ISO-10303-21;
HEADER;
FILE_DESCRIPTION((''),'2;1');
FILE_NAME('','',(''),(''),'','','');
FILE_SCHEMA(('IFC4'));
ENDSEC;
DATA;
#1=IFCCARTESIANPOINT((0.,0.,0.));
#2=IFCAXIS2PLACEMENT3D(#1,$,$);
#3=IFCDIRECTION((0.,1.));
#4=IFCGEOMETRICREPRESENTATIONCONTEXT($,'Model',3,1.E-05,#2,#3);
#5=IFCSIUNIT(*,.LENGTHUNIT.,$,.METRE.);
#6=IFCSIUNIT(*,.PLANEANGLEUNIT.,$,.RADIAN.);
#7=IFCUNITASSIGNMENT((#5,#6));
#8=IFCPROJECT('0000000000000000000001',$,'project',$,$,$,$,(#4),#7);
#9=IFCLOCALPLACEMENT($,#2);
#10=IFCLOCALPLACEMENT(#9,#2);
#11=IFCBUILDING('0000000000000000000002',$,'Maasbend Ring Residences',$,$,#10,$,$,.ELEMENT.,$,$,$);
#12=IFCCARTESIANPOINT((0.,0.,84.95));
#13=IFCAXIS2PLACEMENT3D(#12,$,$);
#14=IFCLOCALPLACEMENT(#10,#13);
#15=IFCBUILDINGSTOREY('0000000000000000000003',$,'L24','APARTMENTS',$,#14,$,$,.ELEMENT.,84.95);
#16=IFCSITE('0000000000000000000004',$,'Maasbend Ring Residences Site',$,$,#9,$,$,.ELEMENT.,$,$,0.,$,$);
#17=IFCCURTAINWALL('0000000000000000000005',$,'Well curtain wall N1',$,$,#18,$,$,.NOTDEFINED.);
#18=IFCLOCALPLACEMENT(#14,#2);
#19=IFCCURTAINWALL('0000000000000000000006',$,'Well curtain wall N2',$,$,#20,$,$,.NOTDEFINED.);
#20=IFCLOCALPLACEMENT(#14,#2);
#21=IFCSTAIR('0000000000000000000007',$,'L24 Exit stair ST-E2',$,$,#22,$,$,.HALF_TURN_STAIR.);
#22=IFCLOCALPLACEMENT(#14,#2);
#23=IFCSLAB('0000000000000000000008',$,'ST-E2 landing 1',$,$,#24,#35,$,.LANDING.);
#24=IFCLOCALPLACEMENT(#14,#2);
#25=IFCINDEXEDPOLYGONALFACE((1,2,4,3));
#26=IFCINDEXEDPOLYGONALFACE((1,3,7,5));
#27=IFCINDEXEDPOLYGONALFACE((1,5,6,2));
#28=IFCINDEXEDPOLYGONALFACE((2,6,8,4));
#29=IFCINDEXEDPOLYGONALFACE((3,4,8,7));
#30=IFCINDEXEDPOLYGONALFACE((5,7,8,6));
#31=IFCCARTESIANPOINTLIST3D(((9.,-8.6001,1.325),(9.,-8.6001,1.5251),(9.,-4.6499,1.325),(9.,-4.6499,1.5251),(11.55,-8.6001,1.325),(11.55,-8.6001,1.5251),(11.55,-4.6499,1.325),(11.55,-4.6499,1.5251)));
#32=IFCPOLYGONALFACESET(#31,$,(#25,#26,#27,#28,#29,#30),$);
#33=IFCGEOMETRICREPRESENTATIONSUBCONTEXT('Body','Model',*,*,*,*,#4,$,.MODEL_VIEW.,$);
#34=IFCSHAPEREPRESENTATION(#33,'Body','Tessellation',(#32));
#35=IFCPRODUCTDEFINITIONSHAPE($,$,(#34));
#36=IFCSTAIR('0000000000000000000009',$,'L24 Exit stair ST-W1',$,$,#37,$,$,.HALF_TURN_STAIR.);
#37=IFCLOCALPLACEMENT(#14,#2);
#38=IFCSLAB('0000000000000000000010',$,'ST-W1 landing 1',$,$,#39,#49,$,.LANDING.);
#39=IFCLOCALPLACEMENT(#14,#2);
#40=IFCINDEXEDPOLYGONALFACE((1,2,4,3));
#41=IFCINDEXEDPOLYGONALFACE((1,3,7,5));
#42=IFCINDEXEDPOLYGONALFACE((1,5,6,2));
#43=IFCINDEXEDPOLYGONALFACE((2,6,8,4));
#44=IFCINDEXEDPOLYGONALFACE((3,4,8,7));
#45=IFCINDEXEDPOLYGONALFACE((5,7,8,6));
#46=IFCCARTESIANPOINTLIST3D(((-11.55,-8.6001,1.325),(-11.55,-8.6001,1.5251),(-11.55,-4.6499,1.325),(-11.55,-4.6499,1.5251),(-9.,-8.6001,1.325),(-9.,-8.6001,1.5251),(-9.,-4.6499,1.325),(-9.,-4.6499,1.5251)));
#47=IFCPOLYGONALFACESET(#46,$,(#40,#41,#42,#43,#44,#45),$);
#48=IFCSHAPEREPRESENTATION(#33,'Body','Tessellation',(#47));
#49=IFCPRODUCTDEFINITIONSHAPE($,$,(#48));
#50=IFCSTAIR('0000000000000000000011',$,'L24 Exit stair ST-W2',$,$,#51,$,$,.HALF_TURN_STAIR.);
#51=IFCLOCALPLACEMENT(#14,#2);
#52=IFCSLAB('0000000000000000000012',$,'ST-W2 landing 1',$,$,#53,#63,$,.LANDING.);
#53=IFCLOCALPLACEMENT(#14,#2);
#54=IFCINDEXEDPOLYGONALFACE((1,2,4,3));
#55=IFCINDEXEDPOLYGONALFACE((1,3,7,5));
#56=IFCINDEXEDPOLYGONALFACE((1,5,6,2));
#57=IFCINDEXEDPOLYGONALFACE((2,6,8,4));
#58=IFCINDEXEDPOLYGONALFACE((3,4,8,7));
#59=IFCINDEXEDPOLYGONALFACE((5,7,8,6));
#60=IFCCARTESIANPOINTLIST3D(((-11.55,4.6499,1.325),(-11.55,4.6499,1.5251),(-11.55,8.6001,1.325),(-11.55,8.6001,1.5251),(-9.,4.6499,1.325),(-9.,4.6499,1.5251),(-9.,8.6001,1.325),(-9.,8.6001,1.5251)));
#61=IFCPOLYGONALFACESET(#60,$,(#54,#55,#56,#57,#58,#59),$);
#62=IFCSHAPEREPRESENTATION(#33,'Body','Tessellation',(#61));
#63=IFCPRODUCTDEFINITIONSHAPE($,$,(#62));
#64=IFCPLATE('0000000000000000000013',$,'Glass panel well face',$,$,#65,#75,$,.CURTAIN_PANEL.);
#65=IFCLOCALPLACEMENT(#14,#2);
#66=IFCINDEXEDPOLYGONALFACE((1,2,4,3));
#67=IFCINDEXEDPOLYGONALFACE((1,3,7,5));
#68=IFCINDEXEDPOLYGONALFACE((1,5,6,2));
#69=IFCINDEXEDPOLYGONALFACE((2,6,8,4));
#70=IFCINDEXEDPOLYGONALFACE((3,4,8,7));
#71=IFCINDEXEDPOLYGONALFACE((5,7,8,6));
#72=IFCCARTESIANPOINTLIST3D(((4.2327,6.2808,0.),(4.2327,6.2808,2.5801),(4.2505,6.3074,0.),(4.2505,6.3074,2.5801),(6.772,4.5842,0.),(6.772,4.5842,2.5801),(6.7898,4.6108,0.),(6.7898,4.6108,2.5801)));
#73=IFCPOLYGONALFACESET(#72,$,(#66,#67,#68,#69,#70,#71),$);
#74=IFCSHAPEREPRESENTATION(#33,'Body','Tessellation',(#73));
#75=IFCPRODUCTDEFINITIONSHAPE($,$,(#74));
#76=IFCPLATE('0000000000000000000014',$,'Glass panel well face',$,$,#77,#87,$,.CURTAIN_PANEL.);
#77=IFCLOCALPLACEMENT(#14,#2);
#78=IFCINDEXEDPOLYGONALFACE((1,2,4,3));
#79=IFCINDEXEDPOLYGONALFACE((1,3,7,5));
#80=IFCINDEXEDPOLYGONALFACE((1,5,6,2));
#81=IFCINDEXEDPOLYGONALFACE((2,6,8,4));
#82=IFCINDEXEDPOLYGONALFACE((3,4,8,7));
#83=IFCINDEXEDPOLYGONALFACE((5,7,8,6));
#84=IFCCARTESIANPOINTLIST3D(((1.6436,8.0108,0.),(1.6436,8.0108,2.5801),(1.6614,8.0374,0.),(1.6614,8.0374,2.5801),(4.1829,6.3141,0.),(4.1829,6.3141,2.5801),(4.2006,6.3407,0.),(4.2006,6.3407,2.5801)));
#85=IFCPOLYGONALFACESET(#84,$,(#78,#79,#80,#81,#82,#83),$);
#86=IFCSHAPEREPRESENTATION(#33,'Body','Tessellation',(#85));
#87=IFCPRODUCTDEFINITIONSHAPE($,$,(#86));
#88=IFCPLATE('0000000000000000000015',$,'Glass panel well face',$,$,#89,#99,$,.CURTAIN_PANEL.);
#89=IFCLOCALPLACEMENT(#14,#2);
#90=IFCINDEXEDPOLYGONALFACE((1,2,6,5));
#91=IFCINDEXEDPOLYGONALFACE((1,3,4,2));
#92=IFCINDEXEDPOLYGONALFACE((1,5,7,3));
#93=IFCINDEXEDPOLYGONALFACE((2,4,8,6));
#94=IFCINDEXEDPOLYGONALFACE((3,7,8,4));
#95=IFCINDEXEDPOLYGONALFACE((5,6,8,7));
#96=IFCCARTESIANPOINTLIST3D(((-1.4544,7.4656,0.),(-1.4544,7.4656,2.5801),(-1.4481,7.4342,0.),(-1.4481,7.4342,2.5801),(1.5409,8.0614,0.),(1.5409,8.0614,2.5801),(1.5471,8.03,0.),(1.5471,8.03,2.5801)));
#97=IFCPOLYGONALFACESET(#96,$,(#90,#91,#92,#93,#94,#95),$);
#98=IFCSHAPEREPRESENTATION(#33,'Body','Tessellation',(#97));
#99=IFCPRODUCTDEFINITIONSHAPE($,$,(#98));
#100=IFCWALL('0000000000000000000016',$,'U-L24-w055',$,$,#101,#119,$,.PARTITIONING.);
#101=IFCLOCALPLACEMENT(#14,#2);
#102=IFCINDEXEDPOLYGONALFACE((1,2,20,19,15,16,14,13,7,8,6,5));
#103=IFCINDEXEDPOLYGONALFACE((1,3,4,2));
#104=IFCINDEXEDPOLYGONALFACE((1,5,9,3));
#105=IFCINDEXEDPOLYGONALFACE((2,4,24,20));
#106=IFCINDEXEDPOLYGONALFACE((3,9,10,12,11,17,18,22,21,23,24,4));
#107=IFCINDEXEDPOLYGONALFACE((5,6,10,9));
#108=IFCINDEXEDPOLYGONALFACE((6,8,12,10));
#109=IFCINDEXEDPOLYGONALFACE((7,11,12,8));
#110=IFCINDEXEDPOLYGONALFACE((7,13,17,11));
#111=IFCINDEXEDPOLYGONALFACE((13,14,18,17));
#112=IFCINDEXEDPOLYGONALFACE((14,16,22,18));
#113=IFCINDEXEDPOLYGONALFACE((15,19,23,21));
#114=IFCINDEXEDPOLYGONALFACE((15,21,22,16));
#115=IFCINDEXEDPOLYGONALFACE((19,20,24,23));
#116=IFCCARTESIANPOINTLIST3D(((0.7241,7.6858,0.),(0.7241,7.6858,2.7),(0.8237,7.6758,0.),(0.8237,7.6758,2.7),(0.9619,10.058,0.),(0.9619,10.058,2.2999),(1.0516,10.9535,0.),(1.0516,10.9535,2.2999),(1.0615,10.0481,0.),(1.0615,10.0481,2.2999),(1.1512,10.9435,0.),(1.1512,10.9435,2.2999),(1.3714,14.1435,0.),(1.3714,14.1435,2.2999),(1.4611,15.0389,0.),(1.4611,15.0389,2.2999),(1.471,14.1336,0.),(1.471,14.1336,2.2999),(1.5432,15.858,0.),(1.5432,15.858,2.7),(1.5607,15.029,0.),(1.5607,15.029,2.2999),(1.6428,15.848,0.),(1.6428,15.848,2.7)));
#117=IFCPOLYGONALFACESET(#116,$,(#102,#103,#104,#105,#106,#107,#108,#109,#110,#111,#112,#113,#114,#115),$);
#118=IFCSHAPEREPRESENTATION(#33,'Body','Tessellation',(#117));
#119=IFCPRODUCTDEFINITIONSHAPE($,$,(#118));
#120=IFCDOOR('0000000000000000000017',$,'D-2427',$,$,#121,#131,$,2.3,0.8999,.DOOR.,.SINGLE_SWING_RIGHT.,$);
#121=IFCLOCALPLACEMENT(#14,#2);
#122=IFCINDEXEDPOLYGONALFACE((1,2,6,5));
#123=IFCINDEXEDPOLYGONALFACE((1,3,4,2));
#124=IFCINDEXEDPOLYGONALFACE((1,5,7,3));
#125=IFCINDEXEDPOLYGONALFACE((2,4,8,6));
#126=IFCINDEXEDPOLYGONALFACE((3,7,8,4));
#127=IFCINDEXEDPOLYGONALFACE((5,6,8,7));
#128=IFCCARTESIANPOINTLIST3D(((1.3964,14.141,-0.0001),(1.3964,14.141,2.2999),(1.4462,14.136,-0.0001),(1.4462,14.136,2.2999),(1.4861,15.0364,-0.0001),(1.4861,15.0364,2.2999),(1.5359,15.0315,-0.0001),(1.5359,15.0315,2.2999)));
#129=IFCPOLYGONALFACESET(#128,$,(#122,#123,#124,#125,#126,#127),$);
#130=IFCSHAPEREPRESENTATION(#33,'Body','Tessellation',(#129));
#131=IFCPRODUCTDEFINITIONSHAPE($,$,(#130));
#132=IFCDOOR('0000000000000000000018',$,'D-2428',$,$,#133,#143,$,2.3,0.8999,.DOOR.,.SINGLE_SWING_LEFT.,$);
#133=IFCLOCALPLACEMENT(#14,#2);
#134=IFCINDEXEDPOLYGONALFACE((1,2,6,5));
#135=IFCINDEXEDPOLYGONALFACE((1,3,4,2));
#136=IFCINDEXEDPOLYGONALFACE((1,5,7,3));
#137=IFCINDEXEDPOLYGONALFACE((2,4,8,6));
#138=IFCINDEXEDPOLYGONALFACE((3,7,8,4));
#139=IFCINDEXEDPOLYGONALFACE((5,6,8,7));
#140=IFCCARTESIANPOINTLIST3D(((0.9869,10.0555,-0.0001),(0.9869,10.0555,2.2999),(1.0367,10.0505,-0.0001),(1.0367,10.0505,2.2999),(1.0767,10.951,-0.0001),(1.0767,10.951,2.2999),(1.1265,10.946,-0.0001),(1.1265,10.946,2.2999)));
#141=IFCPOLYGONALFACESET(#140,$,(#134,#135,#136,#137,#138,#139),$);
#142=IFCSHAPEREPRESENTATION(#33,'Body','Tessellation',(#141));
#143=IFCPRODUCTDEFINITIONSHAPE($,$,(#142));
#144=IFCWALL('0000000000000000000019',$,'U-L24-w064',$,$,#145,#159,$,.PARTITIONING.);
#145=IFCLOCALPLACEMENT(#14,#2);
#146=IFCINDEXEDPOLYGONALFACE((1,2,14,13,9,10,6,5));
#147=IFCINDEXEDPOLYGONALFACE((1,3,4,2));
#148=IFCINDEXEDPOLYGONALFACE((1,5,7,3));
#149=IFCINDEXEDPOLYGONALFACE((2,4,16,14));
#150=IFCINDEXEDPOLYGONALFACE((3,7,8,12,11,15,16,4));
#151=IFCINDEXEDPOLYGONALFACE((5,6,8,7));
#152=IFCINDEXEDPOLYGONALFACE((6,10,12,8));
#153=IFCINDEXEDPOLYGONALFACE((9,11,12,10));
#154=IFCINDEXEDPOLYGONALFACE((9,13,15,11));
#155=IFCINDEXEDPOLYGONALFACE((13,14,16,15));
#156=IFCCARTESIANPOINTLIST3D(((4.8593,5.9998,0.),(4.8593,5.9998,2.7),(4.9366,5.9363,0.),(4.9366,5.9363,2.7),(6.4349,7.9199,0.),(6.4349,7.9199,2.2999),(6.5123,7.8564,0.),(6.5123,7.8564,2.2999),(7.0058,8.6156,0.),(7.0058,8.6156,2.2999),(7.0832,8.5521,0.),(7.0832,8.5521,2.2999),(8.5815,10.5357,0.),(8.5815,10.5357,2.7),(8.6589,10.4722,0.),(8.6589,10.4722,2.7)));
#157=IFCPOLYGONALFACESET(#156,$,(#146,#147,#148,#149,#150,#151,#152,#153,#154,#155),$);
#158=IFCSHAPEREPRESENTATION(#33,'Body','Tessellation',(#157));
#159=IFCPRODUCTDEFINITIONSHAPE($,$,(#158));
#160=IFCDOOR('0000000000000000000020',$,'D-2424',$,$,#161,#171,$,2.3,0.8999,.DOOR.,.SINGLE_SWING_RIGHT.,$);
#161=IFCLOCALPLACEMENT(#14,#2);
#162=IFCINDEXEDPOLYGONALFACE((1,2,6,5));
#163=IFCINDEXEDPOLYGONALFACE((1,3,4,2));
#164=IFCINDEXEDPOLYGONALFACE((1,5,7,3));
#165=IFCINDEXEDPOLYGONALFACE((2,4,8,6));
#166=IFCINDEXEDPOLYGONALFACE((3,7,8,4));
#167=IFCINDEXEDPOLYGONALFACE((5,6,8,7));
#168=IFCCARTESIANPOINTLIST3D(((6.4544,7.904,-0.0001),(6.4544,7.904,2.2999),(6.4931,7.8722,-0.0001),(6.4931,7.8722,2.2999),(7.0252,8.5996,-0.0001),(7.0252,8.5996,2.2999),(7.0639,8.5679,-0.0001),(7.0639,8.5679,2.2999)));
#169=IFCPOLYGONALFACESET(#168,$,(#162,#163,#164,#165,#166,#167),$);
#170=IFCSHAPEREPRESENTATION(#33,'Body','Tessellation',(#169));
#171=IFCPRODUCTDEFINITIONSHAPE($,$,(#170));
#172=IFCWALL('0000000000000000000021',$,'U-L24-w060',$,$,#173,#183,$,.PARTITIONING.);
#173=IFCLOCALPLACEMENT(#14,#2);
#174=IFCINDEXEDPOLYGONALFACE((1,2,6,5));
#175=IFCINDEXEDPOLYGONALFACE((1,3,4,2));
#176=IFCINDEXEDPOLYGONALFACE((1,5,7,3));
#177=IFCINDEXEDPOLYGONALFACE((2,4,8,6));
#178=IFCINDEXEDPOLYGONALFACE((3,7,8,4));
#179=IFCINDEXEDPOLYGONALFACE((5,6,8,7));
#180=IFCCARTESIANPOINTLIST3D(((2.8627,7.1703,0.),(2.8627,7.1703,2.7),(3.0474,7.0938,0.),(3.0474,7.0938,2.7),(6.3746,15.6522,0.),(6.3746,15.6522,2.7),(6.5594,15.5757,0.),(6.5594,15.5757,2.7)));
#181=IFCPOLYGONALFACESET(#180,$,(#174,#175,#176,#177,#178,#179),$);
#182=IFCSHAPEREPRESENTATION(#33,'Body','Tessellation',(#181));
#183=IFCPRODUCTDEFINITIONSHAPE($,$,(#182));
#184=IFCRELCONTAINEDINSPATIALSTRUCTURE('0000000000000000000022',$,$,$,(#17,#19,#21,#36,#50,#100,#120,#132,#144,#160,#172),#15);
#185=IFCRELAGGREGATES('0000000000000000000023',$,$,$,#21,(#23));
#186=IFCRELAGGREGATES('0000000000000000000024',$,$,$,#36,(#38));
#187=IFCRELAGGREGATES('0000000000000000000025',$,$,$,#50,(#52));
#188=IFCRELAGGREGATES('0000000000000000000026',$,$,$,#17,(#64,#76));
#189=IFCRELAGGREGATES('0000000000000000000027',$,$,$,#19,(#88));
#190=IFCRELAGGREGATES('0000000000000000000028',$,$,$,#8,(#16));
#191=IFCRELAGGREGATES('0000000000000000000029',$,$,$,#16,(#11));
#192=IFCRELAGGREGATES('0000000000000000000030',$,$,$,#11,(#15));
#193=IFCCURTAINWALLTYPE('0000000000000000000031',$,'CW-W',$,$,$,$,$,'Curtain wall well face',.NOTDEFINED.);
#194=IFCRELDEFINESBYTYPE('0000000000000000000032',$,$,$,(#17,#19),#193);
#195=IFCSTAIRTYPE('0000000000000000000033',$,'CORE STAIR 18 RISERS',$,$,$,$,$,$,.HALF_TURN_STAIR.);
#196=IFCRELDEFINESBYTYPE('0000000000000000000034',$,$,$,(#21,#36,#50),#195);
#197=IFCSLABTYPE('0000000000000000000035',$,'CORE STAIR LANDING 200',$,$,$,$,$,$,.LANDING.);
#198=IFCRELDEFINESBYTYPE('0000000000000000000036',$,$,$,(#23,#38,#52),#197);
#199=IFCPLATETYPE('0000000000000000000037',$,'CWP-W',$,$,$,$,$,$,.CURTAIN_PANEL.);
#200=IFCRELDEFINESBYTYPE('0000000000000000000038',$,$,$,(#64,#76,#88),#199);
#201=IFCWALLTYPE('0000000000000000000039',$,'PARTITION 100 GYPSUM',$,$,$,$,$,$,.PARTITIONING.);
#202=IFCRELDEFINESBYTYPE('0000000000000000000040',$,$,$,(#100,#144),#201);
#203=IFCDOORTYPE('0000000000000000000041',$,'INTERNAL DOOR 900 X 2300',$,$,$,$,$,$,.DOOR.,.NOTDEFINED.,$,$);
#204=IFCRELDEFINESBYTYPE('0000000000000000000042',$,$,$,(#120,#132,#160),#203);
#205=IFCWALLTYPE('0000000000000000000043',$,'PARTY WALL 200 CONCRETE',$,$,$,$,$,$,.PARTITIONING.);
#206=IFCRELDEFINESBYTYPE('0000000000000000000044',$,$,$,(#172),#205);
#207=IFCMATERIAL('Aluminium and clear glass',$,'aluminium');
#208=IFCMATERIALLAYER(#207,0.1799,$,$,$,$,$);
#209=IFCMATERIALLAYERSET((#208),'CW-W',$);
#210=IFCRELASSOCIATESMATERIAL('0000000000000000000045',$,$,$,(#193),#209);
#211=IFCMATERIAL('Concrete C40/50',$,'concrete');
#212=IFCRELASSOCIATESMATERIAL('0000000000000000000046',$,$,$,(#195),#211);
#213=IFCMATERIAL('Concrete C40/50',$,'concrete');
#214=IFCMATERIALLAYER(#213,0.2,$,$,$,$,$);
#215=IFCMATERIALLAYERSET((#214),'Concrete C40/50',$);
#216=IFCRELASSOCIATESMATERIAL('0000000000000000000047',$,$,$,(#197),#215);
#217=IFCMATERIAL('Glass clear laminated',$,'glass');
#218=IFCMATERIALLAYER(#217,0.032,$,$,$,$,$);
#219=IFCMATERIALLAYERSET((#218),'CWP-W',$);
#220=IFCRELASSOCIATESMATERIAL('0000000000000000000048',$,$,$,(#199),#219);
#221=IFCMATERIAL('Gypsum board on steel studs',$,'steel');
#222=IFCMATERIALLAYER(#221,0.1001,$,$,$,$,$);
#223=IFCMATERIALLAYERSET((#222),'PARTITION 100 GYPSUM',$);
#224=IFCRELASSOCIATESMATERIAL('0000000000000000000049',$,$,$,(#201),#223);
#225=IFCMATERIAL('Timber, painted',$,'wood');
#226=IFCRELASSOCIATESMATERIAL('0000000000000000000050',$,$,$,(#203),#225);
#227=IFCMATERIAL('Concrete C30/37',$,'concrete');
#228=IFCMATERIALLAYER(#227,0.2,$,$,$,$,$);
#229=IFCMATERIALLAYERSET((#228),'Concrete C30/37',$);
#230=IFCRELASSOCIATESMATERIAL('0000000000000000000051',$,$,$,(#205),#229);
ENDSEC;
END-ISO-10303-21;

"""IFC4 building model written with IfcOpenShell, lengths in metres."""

from ifc_helpers import new_model, si_unit, direction, frame, frame_2d, origin, origin_2d, place, context, subcontext, project, spatial, polyline, rectangle, outline, extrude, material, layer, layer_set, type_object, element, fill, aggregate, save


model = new_model("IFC4")

# Units and contexts
model_context = context("Model", 3, precision=1e-05, world=origin(), true_north=direction((0.0, 1.0)))
body_context = subcontext(model_context, "Body", "Model", "MODEL_VIEW")
ifc_project = project(units=[si_unit("LENGTHUNIT", "METRE"), si_unit("PLANEANGLEUNIT", "RADIAN")], contexts=[model_context])

# Site, building, storey
site_placement = place(None, origin())
site = spatial("IfcSite", under=ifc_project, at=site_placement, Name="Maasbend Ring Residences Site", CompositionType="ELEMENT", RefElevation=0.0)
building_placement = place(site_placement, origin())
building = spatial("IfcBuilding", under=site, at=building_placement, Name="Maasbend Ring Residences", CompositionType="ELEMENT")
storey_placement = place(building_placement, frame((0.0, 0.0, 84.95)))
storey = spatial("IfcBuildingStorey", under=building, at=storey_placement, Name="L24", Description="APARTMENTS", CompositionType="ELEMENT", Elevation=84.95)

# Curtain wall
ifc_material_1 = material(Name="Aluminium and clear glass", Category="aluminium")
ifc_layer_1 = layer(ifc_material_1, 0.1799)
ifc_layer_set_1 = layer_set([ifc_layer_1], Name="CW-W")
curtain_wall_type = type_object("IfcCurtainWallType", Name="CW-W", ElementType="Curtain wall well face", PredefinedType="NOTDEFINED", material=ifc_layer_set_1)
curtain_wall_1_placement = place(storey_placement, origin())
curtain_wall_1 = element("IfcCurtainWall", 1, at=curtain_wall_1_placement, inside=storey, type_object=curtain_wall_type, Name="Well curtain wall N1", PredefinedType="NOTDEFINED")

# Curtain wall
curtain_wall_2_placement = place(storey_placement, origin())
curtain_wall_2 = element("IfcCurtainWall", 2, at=curtain_wall_2_placement, inside=storey, type_object=curtain_wall_type, Name="Well curtain wall N2", PredefinedType="NOTDEFINED")

# Stairs, slabs
ifc_material_2 = material(Name="Concrete C40/50", Category="concrete")
stair_type = type_object("IfcStairType", Name="CORE STAIR 18 RISERS", PredefinedType="HALF_TURN_STAIR", material=ifc_material_2)
ifc_material_3 = material(Name="Concrete C40/50", Category="concrete")
ifc_layer_2 = layer(ifc_material_3, 0.2)
ifc_layer_set_2 = layer_set([ifc_layer_2], Name="Concrete C40/50")
slab_type = type_object("IfcSlabType", Name="CORE STAIR LANDING 200", PredefinedType="LANDING", material=ifc_layer_set_2)
stair_1_placement = place(storey_placement, origin())
stair_1 = element("IfcStair", 3, at=stair_1_placement, inside=storey, type_object=stair_type, Name="L24 Exit stair ST-E2", PredefinedType="HALF_TURN_STAIR")
slab_1_placement = place(storey_placement, frame((0.0, 0.0, 1.325)))
slab_1 = element("IfcSlab", 4, at=slab_1_placement, type_object=slab_type, Name="ST-E2 landing 1", PredefinedType="LANDING", context=body_context, shape_type="SweptSolid", body=[
    extrude(outline(polyline([(11.55, -4.6499), (9.0, -4.6499), (9.0, -8.6001), (11.55, -8.6001), (11.55, -4.6499)])), origin(), (0.0, 0.0, 1.0), 0.2002),
])
aggregate(stair_1, [slab_1])
stair_2_placement = place(storey_placement, origin())
stair_2 = element("IfcStair", 5, at=stair_2_placement, inside=storey, type_object=stair_type, Name="L24 Exit stair ST-W1", PredefinedType="HALF_TURN_STAIR")
slab_2_placement = place(storey_placement, frame((0.0, 0.0, 1.325)))
slab_2 = element("IfcSlab", 6, at=slab_2_placement, type_object=slab_type, Name="ST-W1 landing 1", PredefinedType="LANDING", context=body_context, shape_type="SweptSolid", body=[
    extrude(outline(polyline([(-11.55, -8.6001), (-9.0, -8.6001), (-9.0, -4.6499), (-11.55, -4.6499), (-11.55, -8.6001)])), origin(), (0.0, 0.0, 1.0), 0.2002),
])
aggregate(stair_2, [slab_2])
stair_3_placement = place(storey_placement, origin())
stair_3 = element("IfcStair", 7, at=stair_3_placement, inside=storey, type_object=stair_type, Name="L24 Exit stair ST-W2", PredefinedType="HALF_TURN_STAIR")
slab_3_placement = place(storey_placement, frame((0.0, 0.0, 1.325)))
slab_3 = element("IfcSlab", 8, at=slab_3_placement, type_object=slab_type, Name="ST-W2 landing 1", PredefinedType="LANDING", context=body_context, shape_type="SweptSolid", body=[
    extrude(outline(polyline([(-11.55, 4.6499), (-9.0, 4.6499), (-9.0, 8.6001), (-11.55, 8.6001), (-11.55, 4.6499)])), origin(), (0.0, 0.0, 1.0), 0.2002),
])
aggregate(stair_3, [slab_3])

# Plates
ifc_material_4 = material(Name="Glass clear laminated", Category="glass")
ifc_layer_3 = layer(ifc_material_4, 0.032)
ifc_layer_set_3 = layer_set([ifc_layer_3], Name="CWP-W")
plate_type = type_object("IfcPlateType", Name="CWP-W", PredefinedType="CURTAIN_PANEL", material=ifc_layer_set_3)
plate_1_placement = place(storey_placement, frame((5.5112, 5.4458, 0.0), z_axis=(0.0, 0.0, 1.0), x_axis=(-0.83147, 0.55557, 0.0)))
plate_1 = element("IfcPlate", 9, at=plate_1_placement, type_object=plate_type, Name="Glass panel well face", PredefinedType="CURTAIN_PANEL", context=body_context, shape_type="SweptSolid", body=[
    extrude(rectangle(XDim=3.054, YDim=0.032, at=origin_2d()), origin(), (0.0, 0.0, 1.0), 2.5801),
])
plate_2_placement = place(storey_placement, frame((2.9221, 7.1758, 0.0), z_axis=(0.0, 0.0, 1.0), x_axis=(-0.83147, 0.55557, 0.0)))
plate_2 = element("IfcPlate", 10, at=plate_2_placement, type_object=plate_type, Name="Glass panel well face", PredefinedType="CURTAIN_PANEL", context=body_context, shape_type="SweptSolid", body=[
    extrude(rectangle(XDim=3.054, YDim=0.032, at=origin_2d()), origin(), (0.0, 0.0, 1.0), 2.5801),
])
aggregate(curtain_wall_1, [plate_1, plate_2])
plate_3_placement = place(storey_placement, frame((0.0464, 7.7478, 0.0), z_axis=(0.0, 0.0, 1.0), x_axis=(-0.980785, -0.19509, 0.0)))
plate_3 = element("IfcPlate", 11, at=plate_3_placement, type_object=plate_type, Name="Glass panel well face", PredefinedType="CURTAIN_PANEL", context=body_context, shape_type="SweptSolid", body=[
    extrude(rectangle(XDim=3.054, YDim=0.032, at=origin_2d()), origin(), (0.0, 0.0, 1.0), 2.5801),
])
aggregate(curtain_wall_2, [plate_3])

# Wall, openings, doors
ifc_material_5 = material(Name="Gypsum board on steel studs", Category="steel")
ifc_layer_4 = layer(ifc_material_5, 0.1001)
ifc_layer_set_4 = layer_set([ifc_layer_4], Name="PARTITION 100 GYPSUM")
wall_type_1 = type_object("IfcWallType", Name="PARTITION 100 GYPSUM", PredefinedType="PARTITIONING", material=ifc_layer_set_4)
wall_1_placement = place(storey_placement, frame((0.7739, 7.6809, 0.0), z_axis=(0.0, 0.0, 1.0), x_axis=(0.09973, 0.995015, 0.0)))
wall_1 = element("IfcWall", 12, at=wall_1_placement, inside=storey, type_object=wall_type_1, Name="U-L24-w055", PredefinedType="PARTITIONING", context=body_context, shape_type="SweptSolid", body=[
    extrude(rectangle(XDim=8.2131, YDim=0.1001, at=frame_2d((4.1064, 0.0))), origin(), (0.0, 0.0, 1.0), 2.7),
])
opening_1_placement = place(wall_1_placement, frame((6.49, 0.0, 0.0)))
opening_1 = element("IfcOpeningElement", 13, at=opening_1_placement, cuts=wall_1, PredefinedType="OPENING", context=body_context, shape_type="SweptSolid", body=[
    extrude(rectangle(XDim=0.8999, YDim=2.3, at=frame_2d((0.45, 1.1499))), frame((0.0, 0.0601, 0.0), z_axis=(0.0, -1.0, 0.0), x_axis=(1.0, 0.0, 0.0)), (0.0, 0.0, 1.0), 0.1201),
])
opening_2_placement = place(wall_1_placement, frame((2.384, 0.0, 0.0)))
opening_2 = element("IfcOpeningElement", 14, at=opening_2_placement, cuts=wall_1, PredefinedType="OPENING", context=body_context, shape_type="SweptSolid", body=[
    extrude(rectangle(XDim=0.8999, YDim=2.3, at=frame_2d((0.45, 1.1499))), frame((0.0, 0.0601, 0.0), z_axis=(0.0, -1.0, 0.0), x_axis=(1.0, 0.0, 0.0)), (0.0, 0.0, 1.0), 0.1201),
])
ifc_material_6 = material(Name="Timber, painted", Category="wood")
door_type = type_object("IfcDoorType", Name="INTERNAL DOOR 900 X 2300", OperationType="NOTDEFINED", PredefinedType="DOOR", material=ifc_material_6)
door_1_placement = place(opening_1_placement, origin())
door_1 = element("IfcDoor", 15, at=door_1_placement, inside=storey, type_object=door_type, Name="D-2427", OperationType="SINGLE_SWING_RIGHT", OverallHeight=2.3, OverallWidth=0.8999, PredefinedType="DOOR", context=body_context, shape_type="SweptSolid", body=[
    extrude(rectangle(XDim=0.8999, YDim=2.3, at=frame_2d((0.45, 1.1499))), frame((0.0, 0.0249, 0.0), z_axis=(0.0, -1.0, 0.0), x_axis=(1.0, 0.0, 0.0)), (0.0, 0.0, 1.0), 0.05),
])
fill(opening_1, door_1)
door_2_placement = place(opening_2_placement, origin())
door_2 = element("IfcDoor", 16, at=door_2_placement, inside=storey, type_object=door_type, Name="D-2428", OperationType="SINGLE_SWING_LEFT", OverallHeight=2.3, OverallWidth=0.8999, PredefinedType="DOOR", context=body_context, shape_type="SweptSolid", body=[
    extrude(rectangle(XDim=0.8999, YDim=2.3, at=frame_2d((0.45, 1.1499))), frame((0.0, 0.0249, 0.0), z_axis=(0.0, -1.0, 0.0), x_axis=(1.0, 0.0, 0.0)), (0.0, 0.0, 1.0), 0.05),
])
fill(opening_2, door_2)

# Wall, opening, door
wall_2_placement = place(storey_placement, frame((4.8979, 5.968, 0.0), z_axis=(0.0, 0.0, 1.0), x_axis=(0.634359, 0.773039, 0.0)))
wall_2 = element("IfcWall", 17, at=wall_2_placement, inside=storey, type_object=wall_type_1, Name="U-L24-w064", PredefinedType="PARTITIONING", context=body_context, shape_type="SweptSolid", body=[
    extrude(rectangle(XDim=5.8677, YDim=0.1001, at=frame_2d((2.9338, 0.0))), origin(), (0.0, 0.0, 1.0), 2.7),
])
opening_3_placement = place(wall_2_placement, frame((2.4839, 0.0, 0.0)))
opening_3 = element("IfcOpeningElement", 18, at=opening_3_placement, cuts=wall_2, PredefinedType="OPENING", context=body_context, shape_type="SweptSolid", body=[
    extrude(rectangle(XDim=0.8999, YDim=2.3, at=frame_2d((0.45, 1.1499))), frame((0.0, 0.0601, 0.0), z_axis=(0.0, -1.0, 0.0), x_axis=(1.0, 0.0, 0.0)), (0.0, 0.0, 1.0), 0.1201),
])
door_3_placement = place(opening_3_placement, origin())
door_3 = element("IfcDoor", 19, at=door_3_placement, inside=storey, type_object=door_type, Name="D-2424", OperationType="SINGLE_SWING_RIGHT", OverallHeight=2.3, OverallWidth=0.8999, PredefinedType="DOOR", context=body_context, shape_type="SweptSolid", body=[
    extrude(rectangle(XDim=0.8999, YDim=2.3, at=frame_2d((0.45, 1.1499))), frame((0.0, 0.0249, 0.0), z_axis=(0.0, -1.0, 0.0), x_axis=(1.0, 0.0, 0.0)), (0.0, 0.0, 1.0), 0.05),
])
fill(opening_3, door_3)

# Wall
ifc_material_7 = material(Name="Concrete C30/37", Category="concrete")
ifc_layer_5 = layer(ifc_material_7, 0.2)
ifc_layer_set_5 = layer_set([ifc_layer_5], Name="Concrete C30/37")
wall_type_2 = type_object("IfcWallType", Name="PARTY WALL 200 CONCRETE", PredefinedType="PARTITIONING", material=ifc_layer_set_5)
wall_3_placement = place(storey_placement, frame((2.9551, 7.1321, 0.0), z_axis=(0.0, 0.0, 1.0), x_axis=(0.382556, 0.923932, 0.0)))
element("IfcWall", 20, at=wall_3_placement, inside=storey, type_object=wall_type_2, Name="U-L24-w060", PredefinedType="PARTITIONING", context=body_context, shape_type="SweptSolid", body=[
    extrude(rectangle(XDim=9.1802, YDim=0.2, at=frame_2d((4.5901, 0.0))), origin(), (0.0, 0.0, 1.0), 2.7),
])

save(model, "model.ifc")
